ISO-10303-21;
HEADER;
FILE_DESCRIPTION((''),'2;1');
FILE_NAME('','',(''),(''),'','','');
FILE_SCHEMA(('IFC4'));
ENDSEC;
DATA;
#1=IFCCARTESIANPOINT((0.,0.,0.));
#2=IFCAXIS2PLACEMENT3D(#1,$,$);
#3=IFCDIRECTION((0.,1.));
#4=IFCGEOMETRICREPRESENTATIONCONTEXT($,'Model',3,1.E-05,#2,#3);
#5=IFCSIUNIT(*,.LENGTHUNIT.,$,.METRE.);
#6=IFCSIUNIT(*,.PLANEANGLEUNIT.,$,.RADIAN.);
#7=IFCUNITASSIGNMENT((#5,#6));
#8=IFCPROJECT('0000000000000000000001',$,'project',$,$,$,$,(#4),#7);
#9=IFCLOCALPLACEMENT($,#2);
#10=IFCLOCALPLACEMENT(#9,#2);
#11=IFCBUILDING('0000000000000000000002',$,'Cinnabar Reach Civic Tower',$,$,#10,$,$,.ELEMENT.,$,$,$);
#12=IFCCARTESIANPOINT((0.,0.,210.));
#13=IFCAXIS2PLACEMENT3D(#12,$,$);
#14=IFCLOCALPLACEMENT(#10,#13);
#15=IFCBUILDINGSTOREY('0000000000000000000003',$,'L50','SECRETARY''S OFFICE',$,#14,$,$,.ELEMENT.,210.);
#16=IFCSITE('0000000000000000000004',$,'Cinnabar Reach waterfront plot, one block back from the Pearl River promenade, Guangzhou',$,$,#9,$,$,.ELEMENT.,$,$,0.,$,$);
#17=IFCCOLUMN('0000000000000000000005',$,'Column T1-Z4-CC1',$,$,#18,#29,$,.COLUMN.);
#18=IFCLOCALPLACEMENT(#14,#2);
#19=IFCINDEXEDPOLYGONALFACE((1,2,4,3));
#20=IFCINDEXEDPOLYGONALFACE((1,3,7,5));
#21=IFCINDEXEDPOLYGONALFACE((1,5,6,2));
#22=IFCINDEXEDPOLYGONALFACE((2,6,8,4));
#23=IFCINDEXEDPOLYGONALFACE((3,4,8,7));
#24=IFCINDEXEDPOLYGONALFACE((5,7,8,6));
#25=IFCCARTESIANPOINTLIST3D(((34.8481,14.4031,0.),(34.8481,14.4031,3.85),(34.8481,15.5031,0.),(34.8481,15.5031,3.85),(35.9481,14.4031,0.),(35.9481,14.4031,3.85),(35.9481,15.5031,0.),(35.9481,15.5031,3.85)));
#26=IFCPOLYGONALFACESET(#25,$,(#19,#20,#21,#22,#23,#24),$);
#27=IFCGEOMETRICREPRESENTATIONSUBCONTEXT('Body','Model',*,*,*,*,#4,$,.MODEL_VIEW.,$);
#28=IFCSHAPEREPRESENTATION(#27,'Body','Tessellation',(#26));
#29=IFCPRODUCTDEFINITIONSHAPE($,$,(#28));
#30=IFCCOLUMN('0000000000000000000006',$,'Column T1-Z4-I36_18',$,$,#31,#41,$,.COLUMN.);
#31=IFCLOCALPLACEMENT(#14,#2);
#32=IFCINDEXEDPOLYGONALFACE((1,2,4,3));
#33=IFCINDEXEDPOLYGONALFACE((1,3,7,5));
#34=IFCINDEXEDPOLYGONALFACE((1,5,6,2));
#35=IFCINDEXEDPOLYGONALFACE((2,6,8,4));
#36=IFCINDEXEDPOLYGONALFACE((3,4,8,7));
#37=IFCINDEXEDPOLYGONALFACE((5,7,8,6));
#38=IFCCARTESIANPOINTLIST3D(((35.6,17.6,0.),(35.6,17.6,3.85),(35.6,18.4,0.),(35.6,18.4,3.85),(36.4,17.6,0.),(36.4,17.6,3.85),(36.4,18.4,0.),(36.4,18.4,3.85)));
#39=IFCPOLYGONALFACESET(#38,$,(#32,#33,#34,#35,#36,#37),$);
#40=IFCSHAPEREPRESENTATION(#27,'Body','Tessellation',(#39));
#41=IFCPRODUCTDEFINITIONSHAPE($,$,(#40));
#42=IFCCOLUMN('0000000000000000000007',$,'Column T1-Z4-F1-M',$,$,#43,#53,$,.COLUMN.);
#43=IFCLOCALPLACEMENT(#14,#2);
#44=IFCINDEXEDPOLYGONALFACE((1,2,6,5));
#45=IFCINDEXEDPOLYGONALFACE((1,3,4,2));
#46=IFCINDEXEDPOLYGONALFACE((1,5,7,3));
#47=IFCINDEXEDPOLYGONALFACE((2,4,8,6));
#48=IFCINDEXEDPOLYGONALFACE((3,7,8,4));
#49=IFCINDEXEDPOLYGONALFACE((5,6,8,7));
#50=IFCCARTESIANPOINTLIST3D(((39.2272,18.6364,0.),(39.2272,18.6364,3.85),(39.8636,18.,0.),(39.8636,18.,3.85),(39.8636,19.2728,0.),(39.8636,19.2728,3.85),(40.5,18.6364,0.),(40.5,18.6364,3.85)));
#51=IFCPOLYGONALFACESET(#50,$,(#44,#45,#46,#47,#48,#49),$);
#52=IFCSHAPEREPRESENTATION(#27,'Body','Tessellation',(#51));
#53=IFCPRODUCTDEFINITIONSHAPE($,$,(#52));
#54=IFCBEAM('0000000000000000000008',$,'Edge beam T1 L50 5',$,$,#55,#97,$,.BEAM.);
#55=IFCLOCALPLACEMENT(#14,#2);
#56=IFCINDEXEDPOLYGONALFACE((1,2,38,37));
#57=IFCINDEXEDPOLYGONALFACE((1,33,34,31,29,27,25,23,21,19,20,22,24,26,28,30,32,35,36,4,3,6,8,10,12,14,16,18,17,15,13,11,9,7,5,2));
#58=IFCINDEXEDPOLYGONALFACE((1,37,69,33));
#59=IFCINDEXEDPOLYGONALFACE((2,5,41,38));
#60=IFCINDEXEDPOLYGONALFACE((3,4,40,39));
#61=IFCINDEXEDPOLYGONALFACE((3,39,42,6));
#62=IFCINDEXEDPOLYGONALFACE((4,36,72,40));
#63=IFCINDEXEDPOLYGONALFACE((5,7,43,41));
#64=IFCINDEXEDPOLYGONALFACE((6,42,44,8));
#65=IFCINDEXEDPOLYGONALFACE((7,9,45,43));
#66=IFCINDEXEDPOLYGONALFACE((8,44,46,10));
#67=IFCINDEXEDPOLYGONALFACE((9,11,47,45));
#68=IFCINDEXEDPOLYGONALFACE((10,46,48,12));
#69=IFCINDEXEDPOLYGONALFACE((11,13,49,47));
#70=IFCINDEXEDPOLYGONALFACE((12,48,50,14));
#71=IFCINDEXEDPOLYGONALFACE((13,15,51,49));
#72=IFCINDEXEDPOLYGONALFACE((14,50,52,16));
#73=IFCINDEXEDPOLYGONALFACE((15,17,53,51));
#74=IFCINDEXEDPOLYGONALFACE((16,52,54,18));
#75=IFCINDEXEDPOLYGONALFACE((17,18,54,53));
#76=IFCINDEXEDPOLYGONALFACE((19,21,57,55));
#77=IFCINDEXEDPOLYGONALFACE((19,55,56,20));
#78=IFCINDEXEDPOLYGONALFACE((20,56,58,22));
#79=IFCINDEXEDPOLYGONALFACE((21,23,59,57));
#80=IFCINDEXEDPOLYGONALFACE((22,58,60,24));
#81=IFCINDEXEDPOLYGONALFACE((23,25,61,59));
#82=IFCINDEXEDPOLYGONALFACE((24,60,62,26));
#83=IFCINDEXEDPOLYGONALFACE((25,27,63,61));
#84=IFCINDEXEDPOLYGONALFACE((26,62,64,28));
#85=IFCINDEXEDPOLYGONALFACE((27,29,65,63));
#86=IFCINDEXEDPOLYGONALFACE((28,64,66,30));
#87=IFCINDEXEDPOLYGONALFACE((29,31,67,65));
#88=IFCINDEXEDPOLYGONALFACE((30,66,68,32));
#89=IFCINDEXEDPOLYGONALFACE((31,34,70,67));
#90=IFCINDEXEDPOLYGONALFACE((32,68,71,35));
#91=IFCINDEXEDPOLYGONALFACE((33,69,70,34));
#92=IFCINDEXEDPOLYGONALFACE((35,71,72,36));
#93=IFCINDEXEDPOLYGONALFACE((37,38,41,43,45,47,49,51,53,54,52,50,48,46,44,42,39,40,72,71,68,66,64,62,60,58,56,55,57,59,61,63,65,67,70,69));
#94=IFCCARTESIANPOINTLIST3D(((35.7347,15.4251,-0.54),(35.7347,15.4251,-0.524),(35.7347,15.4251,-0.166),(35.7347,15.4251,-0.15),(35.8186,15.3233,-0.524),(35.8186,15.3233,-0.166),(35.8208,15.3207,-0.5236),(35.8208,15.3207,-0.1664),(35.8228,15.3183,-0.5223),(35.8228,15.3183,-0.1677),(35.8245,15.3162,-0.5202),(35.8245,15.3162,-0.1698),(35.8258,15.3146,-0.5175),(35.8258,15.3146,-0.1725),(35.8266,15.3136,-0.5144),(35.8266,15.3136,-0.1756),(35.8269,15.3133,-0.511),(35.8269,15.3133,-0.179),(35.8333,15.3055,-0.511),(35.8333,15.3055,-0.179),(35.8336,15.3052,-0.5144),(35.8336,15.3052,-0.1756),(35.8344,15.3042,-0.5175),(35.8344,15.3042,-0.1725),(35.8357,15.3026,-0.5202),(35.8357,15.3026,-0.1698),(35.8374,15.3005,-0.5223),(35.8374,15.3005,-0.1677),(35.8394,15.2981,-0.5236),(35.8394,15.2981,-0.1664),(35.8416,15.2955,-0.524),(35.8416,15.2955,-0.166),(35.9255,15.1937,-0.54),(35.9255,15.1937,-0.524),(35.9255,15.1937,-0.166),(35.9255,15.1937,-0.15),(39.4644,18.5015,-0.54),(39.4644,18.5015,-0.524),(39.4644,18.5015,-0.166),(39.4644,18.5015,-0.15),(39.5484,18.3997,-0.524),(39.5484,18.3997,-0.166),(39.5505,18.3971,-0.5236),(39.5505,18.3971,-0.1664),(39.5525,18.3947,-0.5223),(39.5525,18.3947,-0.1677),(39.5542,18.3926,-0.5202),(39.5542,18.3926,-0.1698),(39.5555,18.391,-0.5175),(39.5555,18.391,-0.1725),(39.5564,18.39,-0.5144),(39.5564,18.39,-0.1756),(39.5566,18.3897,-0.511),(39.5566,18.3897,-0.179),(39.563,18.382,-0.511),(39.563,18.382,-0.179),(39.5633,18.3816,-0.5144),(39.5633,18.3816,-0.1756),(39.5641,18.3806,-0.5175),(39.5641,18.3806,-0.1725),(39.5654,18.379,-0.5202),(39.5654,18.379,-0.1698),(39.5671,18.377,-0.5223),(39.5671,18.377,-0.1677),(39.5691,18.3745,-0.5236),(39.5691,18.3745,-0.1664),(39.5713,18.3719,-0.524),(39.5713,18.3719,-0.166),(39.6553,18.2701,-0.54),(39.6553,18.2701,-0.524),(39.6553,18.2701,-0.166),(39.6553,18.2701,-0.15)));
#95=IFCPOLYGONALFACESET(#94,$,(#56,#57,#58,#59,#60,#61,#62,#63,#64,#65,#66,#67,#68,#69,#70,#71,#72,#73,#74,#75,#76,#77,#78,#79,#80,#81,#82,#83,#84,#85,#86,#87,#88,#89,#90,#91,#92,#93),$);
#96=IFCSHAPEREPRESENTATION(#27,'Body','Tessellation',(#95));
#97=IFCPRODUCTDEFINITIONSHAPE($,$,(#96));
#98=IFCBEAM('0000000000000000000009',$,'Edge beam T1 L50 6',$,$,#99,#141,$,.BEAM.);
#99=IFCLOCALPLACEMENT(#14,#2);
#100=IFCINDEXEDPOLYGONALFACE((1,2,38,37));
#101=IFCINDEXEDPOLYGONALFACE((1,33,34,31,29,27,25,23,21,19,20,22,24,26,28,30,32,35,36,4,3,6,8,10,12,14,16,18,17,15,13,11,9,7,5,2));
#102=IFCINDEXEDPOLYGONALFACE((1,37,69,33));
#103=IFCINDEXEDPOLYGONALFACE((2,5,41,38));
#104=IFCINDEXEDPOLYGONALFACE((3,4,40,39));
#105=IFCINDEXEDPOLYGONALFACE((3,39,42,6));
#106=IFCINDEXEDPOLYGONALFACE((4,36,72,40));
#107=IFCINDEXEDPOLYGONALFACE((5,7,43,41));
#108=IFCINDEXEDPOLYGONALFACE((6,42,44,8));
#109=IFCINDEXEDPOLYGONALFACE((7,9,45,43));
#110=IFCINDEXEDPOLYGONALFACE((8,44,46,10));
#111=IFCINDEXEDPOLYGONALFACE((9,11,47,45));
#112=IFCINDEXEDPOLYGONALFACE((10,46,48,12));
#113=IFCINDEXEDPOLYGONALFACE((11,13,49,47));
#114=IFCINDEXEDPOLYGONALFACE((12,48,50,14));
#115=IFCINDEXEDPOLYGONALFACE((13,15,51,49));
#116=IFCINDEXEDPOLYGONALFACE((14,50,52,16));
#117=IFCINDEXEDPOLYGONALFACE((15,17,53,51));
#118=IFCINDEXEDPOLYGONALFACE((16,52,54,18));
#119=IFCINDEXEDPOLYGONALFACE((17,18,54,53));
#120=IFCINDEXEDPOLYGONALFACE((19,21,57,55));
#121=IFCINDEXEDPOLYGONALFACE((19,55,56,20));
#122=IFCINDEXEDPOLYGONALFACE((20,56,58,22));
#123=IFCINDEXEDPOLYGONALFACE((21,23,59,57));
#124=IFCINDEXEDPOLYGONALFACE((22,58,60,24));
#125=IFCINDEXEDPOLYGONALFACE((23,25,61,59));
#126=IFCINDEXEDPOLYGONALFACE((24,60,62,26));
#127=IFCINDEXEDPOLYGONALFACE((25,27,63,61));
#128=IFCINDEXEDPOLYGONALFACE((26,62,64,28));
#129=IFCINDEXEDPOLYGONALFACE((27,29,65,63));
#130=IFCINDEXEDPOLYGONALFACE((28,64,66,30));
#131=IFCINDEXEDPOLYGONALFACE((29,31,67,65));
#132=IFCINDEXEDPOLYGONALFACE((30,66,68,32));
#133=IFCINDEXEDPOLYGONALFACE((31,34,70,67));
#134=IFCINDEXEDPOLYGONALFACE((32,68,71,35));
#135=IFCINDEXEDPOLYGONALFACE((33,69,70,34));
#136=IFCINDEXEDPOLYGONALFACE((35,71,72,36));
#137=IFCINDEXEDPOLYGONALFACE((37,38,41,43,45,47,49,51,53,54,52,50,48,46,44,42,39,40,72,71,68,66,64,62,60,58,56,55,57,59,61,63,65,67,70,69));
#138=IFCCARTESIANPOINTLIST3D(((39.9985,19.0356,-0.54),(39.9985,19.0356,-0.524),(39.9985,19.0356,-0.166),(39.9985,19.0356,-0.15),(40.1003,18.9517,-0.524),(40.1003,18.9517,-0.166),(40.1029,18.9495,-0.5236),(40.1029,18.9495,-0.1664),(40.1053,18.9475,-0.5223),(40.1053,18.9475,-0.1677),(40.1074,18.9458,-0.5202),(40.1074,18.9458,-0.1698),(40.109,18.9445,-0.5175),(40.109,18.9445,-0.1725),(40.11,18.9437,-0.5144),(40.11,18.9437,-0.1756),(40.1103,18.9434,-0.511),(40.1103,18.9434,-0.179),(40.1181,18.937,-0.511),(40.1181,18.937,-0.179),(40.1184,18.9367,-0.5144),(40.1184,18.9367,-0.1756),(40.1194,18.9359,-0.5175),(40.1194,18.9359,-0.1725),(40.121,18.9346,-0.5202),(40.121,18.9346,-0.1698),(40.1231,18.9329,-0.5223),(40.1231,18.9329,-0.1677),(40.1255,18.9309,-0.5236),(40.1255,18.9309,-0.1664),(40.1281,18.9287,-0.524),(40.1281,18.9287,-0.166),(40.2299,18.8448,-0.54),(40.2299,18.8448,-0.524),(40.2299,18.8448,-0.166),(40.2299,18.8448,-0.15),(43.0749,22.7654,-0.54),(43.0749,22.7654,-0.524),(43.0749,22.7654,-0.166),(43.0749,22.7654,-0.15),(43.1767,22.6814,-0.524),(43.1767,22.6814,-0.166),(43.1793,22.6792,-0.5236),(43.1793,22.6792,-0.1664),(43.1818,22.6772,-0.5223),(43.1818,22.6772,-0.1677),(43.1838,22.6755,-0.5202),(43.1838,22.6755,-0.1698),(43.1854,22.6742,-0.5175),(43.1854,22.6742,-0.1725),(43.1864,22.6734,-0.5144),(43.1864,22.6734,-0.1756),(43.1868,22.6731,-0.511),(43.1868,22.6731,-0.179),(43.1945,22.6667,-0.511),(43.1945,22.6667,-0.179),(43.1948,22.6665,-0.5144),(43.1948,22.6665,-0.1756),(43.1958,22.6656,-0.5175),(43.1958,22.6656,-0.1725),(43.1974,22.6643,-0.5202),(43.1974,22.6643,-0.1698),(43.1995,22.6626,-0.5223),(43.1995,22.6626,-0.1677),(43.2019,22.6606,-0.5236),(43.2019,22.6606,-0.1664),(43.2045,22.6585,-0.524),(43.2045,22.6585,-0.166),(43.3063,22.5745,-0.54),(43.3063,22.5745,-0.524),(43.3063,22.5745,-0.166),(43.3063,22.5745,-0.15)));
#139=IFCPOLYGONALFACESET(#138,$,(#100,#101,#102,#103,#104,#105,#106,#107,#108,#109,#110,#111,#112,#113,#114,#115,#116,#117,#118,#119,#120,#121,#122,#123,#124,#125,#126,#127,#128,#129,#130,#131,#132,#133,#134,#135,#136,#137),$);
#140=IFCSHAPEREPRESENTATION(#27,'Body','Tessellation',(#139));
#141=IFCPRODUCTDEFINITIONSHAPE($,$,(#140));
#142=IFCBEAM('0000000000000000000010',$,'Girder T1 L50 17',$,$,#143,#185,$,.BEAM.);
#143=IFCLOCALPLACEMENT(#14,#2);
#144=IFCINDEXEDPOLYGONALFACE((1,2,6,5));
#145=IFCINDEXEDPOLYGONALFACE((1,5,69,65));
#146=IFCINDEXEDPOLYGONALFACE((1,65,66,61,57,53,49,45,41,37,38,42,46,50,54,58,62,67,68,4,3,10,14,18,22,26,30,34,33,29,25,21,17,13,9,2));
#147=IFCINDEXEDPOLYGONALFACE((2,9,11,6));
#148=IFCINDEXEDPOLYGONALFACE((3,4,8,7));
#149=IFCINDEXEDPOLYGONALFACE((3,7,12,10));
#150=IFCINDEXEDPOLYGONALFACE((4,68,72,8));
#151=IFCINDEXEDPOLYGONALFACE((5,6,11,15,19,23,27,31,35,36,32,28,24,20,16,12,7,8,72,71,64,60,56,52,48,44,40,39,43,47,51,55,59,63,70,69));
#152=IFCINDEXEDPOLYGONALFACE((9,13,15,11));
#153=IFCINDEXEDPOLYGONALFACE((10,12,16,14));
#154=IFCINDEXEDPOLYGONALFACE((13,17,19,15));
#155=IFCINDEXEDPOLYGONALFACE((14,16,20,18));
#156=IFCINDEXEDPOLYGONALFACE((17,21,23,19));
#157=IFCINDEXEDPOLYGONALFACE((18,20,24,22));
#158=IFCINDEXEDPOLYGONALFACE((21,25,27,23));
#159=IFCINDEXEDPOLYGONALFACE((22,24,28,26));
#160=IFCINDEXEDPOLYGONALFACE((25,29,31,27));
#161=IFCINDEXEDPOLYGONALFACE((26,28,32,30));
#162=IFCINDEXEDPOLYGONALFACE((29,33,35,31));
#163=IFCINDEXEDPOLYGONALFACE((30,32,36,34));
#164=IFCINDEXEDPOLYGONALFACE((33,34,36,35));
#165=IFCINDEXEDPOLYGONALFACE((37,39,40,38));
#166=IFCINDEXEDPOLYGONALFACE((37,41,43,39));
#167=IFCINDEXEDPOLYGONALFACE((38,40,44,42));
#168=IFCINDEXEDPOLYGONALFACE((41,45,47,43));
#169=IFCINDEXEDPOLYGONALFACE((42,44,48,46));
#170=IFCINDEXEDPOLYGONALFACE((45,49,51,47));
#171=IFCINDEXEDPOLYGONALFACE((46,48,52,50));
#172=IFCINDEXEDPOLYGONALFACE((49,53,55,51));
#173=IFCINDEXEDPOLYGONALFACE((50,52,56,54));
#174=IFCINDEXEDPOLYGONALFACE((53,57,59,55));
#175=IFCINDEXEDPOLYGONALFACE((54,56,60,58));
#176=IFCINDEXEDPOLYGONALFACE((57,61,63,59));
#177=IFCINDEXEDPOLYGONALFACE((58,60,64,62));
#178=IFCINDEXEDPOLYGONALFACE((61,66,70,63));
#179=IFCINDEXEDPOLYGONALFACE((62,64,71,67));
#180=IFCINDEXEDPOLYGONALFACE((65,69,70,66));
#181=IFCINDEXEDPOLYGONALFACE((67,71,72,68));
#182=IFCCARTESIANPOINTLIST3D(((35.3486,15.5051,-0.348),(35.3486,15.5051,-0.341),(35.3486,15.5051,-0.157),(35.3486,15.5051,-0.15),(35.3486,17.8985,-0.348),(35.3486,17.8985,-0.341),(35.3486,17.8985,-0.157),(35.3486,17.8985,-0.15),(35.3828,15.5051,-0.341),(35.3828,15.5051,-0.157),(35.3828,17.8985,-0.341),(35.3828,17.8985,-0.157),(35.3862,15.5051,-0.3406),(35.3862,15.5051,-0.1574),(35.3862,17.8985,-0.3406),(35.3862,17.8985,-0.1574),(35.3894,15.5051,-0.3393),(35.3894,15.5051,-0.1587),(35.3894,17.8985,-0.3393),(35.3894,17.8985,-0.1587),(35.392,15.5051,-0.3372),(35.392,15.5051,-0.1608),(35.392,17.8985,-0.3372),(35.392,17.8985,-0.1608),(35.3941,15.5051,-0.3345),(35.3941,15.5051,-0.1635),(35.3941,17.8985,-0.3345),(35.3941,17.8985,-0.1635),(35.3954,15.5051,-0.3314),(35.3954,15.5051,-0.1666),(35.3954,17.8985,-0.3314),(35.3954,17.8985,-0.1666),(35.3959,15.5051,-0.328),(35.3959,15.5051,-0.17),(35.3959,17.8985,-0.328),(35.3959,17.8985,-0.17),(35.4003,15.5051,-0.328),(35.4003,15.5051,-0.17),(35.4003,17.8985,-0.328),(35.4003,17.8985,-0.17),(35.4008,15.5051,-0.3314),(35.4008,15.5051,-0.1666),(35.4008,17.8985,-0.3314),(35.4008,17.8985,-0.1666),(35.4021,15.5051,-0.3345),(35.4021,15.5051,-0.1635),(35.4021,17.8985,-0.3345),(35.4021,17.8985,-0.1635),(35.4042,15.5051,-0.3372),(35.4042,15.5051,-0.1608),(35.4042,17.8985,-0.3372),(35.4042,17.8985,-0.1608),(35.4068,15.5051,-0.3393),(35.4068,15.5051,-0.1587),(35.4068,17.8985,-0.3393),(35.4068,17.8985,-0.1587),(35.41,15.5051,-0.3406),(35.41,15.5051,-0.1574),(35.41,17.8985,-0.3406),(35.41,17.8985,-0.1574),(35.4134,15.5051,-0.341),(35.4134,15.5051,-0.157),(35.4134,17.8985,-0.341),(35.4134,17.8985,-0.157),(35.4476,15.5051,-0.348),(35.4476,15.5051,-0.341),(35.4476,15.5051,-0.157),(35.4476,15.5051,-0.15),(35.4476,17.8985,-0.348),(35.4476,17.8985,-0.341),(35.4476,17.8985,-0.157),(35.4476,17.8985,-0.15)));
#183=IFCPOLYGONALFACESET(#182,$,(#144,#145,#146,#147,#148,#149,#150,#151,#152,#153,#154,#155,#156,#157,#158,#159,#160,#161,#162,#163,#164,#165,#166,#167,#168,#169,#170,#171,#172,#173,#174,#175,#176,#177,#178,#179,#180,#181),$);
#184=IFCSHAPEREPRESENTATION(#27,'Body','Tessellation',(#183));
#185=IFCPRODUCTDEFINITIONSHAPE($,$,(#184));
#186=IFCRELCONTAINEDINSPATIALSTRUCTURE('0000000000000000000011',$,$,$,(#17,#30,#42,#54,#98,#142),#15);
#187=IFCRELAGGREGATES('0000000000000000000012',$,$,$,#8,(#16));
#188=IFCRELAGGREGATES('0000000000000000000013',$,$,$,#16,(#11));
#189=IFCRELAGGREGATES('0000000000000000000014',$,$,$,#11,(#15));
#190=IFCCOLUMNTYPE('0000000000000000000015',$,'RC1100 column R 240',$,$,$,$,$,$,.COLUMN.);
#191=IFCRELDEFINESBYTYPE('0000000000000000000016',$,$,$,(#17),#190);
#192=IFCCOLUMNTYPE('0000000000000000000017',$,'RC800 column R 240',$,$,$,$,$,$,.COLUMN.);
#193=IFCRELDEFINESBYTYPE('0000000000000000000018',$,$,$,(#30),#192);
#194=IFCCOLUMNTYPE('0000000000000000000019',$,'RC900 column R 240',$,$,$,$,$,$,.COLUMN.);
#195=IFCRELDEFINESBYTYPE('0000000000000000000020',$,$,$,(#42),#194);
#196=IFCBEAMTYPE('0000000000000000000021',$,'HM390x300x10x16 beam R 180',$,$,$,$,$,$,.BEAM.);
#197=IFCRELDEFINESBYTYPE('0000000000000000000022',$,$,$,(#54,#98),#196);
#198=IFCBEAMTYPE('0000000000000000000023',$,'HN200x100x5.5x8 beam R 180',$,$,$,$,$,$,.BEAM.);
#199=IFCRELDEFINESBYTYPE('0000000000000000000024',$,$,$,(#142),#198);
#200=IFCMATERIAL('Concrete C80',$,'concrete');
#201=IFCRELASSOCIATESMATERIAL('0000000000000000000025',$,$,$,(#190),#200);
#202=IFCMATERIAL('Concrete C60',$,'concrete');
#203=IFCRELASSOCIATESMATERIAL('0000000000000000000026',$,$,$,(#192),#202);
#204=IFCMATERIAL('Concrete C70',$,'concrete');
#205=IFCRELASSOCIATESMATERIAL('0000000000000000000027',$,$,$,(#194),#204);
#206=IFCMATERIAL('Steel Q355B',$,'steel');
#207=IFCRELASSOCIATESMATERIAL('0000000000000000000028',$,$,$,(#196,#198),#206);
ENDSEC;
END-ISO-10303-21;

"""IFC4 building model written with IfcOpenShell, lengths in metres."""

from ifc_helpers import new_model, si_unit, direction, frame, origin, origin_2d, place, context, subcontext, project, spatial, rectangle, i_section, extrude, material, material_profile, profile_set, type_object, element, save


model = new_model("IFC4")

# Units and contexts
model_context = context("Model", 3, precision=1e-05, world=origin(), true_north=direction((0.0, 1.0)))
body_context = subcontext(model_context, "Body", "Model", "MODEL_VIEW")
ifc_project = project(units=[si_unit("LENGTHUNIT", "METRE"), si_unit("PLANEANGLEUNIT", "RADIAN")], contexts=[model_context])

# Site, building, storey
site_placement = place(None, origin())
site = spatial("IfcSite", under=ifc_project, at=site_placement, Name="Cinnabar Reach waterfront plot, one block back from the Pearl River promenade, Guangzhou", CompositionType="ELEMENT", RefElevation=0.0)
building_placement = place(site_placement, origin())
building = spatial("IfcBuilding", under=site, at=building_placement, Name="Cinnabar Reach Civic Tower", CompositionType="ELEMENT")
storey_placement = place(building_placement, frame((0.0, 0.0, 210.0)))
storey = spatial("IfcBuildingStorey", under=building, at=storey_placement, Name="L50", Description="SECRETARY'S OFFICE", CompositionType="ELEMENT", Elevation=210.0)

# Columns
ifc_material_1 = material(Name="Concrete C80", Category="concrete")
ifc_material_profile_1 = material_profile(ifc_material_1, rectangle(XDim=1.1, YDim=1.1, at=origin_2d()), Name="RC1100")
ifc_profile_set_1 = profile_set([ifc_material_profile_1], Name="Concrete C80")
column_type_1 = type_object("IfcColumnType", Name="RC1100 column R 240", PredefinedType="COLUMN", material=ifc_profile_set_1)
column_1_placement = place(storey_placement, frame((35.3981, 14.9531, 0.0), z_axis=(0.0, 0.0, 1.0), x_axis=(1.0, 0.0, 0.0)))
element("IfcColumn", 1, at=column_1_placement, inside=storey, type_object=column_type_1, Name="Column T1-Z4-CC1", PredefinedType="COLUMN", context=body_context, shape_type="SweptSolid", body=[
    extrude(rectangle(XDim=1.1, YDim=1.1, at=origin_2d()), origin(), (0.0, 0.0, 1.0), 3.85),
])
ifc_material_2 = material(Name="Concrete C60", Category="concrete")
ifc_material_profile_2 = material_profile(ifc_material_2, rectangle(XDim=0.8, YDim=0.8, at=origin_2d()), Name="RC800")
ifc_profile_set_2 = profile_set([ifc_material_profile_2], Name="Concrete C60")
column_type_2 = type_object("IfcColumnType", Name="RC800 column R 240", PredefinedType="COLUMN", material=ifc_profile_set_2)
column_2_placement = place(storey_placement, frame((36.0, 18.0, 0.0), z_axis=(0.0, 0.0, 1.0), x_axis=(1.0, 0.0, 0.0)))
element("IfcColumn", 2, at=column_2_placement, inside=storey, type_object=column_type_2, Name="Column T1-Z4-I36_18", PredefinedType="COLUMN", context=body_context, shape_type="SweptSolid", body=[
    extrude(rectangle(XDim=0.8, YDim=0.8, at=origin_2d()), origin(), (0.0, 0.0, 1.0), 3.85),
])
ifc_material_3 = material(Name="Concrete C70", Category="concrete")
ifc_material_profile_3 = material_profile(ifc_material_3, rectangle(XDim=0.9, YDim=0.9, at=origin_2d()), Name="RC900")
ifc_profile_set_3 = profile_set([ifc_material_profile_3], Name="Concrete C70")
column_type_3 = type_object("IfcColumnType", Name="RC900 column R 240", PredefinedType="COLUMN", material=ifc_profile_set_3)
column_3_placement = place(storey_placement, frame((39.8636, 18.6364, 0.0), z_axis=(0.0, 0.0, 1.0), x_axis=(0.707107, 0.707107, 0.0)))
element("IfcColumn", 3, at=column_3_placement, inside=storey, type_object=column_type_3, Name="Column T1-Z4-F1-M", PredefinedType="COLUMN", context=body_context, shape_type="SweptSolid", body=[
    extrude(rectangle(XDim=0.9, YDim=0.9, at=origin_2d()), origin(), (0.0, 0.0, 1.0), 3.85),
])

# Beams
ifc_material_4 = material(Name="Steel Q355B", Category="steel")
ifc_material_profile_4 = material_profile(ifc_material_4, i_section(OverallWidth=0.3, OverallDepth=0.39, WebThickness=0.01, FlangeThickness=0.016, FilletRadius=0.013, at=origin_2d()), Name="HM390x300x10x16")
ifc_profile_set_4 = profile_set([ifc_material_profile_4], Name="Steel Q355B")
beam_type_1 = type_object("IfcBeamType", Name="HM390x300x10x16 beam R 180", PredefinedType="BEAM", material=ifc_profile_set_4)
for number, where, z_axis, x_axis, name in (
    (4, (35.8301, 15.3094, -0.345), (0.771434, 0.636309, 0.0), (-0.636309, 0.771434, 0.0), "Edge beam T1 L50 5"),
    (5, (40.1142, 18.9402, -0.345), (0.636309, 0.771434, 0.0), (-0.771434, 0.636309, 0.0), "Edge beam T1 L50 6"),
):
    element("IfcBeam", number, at=place(storey_placement, frame(where, z_axis=z_axis, x_axis=x_axis)), inside=storey, type_object=beam_type_1, Name=name, PredefinedType="BEAM", context=body_context, shape_type="SweptSolid", body=[
        extrude(i_section(OverallWidth=0.3, OverallDepth=0.39, WebThickness=0.01, FlangeThickness=0.016, FilletRadius=0.013, at=origin_2d()), origin(), (0.0, 0.0, 1.0), 4.8348),
    ])
ifc_material_profile_5 = material_profile(ifc_material_4, i_section(OverallWidth=0.099, OverallDepth=0.198, WebThickness=0.0045, FlangeThickness=0.007, FilletRadius=0.013, at=origin_2d()), Name="HN200x100x5.5x8")
ifc_profile_set_5 = profile_set([ifc_material_profile_5], Name="Steel Q355B")
beam_type_2 = type_object("IfcBeamType", Name="HN200x100x5.5x8 beam R 180", PredefinedType="BEAM", material=ifc_profile_set_5)
beam_1_placement = place(storey_placement, frame((35.3981, 15.5051, -0.249), z_axis=(0.0, 1.0, 0.0), x_axis=(-1.0, 0.0, 0.0)))
element("IfcBeam", 6, at=beam_1_placement, inside=storey, type_object=beam_type_2, Name="Girder T1 L50 17", PredefinedType="BEAM", context=body_context, shape_type="SweptSolid", body=[
    extrude(i_section(OverallWidth=0.099, OverallDepth=0.198, WebThickness=0.0045, FlangeThickness=0.007, FilletRadius=0.013, at=origin_2d()), origin(), (0.0, 0.0, 1.0), 2.3934),
])

save(model, "model.ifc")
